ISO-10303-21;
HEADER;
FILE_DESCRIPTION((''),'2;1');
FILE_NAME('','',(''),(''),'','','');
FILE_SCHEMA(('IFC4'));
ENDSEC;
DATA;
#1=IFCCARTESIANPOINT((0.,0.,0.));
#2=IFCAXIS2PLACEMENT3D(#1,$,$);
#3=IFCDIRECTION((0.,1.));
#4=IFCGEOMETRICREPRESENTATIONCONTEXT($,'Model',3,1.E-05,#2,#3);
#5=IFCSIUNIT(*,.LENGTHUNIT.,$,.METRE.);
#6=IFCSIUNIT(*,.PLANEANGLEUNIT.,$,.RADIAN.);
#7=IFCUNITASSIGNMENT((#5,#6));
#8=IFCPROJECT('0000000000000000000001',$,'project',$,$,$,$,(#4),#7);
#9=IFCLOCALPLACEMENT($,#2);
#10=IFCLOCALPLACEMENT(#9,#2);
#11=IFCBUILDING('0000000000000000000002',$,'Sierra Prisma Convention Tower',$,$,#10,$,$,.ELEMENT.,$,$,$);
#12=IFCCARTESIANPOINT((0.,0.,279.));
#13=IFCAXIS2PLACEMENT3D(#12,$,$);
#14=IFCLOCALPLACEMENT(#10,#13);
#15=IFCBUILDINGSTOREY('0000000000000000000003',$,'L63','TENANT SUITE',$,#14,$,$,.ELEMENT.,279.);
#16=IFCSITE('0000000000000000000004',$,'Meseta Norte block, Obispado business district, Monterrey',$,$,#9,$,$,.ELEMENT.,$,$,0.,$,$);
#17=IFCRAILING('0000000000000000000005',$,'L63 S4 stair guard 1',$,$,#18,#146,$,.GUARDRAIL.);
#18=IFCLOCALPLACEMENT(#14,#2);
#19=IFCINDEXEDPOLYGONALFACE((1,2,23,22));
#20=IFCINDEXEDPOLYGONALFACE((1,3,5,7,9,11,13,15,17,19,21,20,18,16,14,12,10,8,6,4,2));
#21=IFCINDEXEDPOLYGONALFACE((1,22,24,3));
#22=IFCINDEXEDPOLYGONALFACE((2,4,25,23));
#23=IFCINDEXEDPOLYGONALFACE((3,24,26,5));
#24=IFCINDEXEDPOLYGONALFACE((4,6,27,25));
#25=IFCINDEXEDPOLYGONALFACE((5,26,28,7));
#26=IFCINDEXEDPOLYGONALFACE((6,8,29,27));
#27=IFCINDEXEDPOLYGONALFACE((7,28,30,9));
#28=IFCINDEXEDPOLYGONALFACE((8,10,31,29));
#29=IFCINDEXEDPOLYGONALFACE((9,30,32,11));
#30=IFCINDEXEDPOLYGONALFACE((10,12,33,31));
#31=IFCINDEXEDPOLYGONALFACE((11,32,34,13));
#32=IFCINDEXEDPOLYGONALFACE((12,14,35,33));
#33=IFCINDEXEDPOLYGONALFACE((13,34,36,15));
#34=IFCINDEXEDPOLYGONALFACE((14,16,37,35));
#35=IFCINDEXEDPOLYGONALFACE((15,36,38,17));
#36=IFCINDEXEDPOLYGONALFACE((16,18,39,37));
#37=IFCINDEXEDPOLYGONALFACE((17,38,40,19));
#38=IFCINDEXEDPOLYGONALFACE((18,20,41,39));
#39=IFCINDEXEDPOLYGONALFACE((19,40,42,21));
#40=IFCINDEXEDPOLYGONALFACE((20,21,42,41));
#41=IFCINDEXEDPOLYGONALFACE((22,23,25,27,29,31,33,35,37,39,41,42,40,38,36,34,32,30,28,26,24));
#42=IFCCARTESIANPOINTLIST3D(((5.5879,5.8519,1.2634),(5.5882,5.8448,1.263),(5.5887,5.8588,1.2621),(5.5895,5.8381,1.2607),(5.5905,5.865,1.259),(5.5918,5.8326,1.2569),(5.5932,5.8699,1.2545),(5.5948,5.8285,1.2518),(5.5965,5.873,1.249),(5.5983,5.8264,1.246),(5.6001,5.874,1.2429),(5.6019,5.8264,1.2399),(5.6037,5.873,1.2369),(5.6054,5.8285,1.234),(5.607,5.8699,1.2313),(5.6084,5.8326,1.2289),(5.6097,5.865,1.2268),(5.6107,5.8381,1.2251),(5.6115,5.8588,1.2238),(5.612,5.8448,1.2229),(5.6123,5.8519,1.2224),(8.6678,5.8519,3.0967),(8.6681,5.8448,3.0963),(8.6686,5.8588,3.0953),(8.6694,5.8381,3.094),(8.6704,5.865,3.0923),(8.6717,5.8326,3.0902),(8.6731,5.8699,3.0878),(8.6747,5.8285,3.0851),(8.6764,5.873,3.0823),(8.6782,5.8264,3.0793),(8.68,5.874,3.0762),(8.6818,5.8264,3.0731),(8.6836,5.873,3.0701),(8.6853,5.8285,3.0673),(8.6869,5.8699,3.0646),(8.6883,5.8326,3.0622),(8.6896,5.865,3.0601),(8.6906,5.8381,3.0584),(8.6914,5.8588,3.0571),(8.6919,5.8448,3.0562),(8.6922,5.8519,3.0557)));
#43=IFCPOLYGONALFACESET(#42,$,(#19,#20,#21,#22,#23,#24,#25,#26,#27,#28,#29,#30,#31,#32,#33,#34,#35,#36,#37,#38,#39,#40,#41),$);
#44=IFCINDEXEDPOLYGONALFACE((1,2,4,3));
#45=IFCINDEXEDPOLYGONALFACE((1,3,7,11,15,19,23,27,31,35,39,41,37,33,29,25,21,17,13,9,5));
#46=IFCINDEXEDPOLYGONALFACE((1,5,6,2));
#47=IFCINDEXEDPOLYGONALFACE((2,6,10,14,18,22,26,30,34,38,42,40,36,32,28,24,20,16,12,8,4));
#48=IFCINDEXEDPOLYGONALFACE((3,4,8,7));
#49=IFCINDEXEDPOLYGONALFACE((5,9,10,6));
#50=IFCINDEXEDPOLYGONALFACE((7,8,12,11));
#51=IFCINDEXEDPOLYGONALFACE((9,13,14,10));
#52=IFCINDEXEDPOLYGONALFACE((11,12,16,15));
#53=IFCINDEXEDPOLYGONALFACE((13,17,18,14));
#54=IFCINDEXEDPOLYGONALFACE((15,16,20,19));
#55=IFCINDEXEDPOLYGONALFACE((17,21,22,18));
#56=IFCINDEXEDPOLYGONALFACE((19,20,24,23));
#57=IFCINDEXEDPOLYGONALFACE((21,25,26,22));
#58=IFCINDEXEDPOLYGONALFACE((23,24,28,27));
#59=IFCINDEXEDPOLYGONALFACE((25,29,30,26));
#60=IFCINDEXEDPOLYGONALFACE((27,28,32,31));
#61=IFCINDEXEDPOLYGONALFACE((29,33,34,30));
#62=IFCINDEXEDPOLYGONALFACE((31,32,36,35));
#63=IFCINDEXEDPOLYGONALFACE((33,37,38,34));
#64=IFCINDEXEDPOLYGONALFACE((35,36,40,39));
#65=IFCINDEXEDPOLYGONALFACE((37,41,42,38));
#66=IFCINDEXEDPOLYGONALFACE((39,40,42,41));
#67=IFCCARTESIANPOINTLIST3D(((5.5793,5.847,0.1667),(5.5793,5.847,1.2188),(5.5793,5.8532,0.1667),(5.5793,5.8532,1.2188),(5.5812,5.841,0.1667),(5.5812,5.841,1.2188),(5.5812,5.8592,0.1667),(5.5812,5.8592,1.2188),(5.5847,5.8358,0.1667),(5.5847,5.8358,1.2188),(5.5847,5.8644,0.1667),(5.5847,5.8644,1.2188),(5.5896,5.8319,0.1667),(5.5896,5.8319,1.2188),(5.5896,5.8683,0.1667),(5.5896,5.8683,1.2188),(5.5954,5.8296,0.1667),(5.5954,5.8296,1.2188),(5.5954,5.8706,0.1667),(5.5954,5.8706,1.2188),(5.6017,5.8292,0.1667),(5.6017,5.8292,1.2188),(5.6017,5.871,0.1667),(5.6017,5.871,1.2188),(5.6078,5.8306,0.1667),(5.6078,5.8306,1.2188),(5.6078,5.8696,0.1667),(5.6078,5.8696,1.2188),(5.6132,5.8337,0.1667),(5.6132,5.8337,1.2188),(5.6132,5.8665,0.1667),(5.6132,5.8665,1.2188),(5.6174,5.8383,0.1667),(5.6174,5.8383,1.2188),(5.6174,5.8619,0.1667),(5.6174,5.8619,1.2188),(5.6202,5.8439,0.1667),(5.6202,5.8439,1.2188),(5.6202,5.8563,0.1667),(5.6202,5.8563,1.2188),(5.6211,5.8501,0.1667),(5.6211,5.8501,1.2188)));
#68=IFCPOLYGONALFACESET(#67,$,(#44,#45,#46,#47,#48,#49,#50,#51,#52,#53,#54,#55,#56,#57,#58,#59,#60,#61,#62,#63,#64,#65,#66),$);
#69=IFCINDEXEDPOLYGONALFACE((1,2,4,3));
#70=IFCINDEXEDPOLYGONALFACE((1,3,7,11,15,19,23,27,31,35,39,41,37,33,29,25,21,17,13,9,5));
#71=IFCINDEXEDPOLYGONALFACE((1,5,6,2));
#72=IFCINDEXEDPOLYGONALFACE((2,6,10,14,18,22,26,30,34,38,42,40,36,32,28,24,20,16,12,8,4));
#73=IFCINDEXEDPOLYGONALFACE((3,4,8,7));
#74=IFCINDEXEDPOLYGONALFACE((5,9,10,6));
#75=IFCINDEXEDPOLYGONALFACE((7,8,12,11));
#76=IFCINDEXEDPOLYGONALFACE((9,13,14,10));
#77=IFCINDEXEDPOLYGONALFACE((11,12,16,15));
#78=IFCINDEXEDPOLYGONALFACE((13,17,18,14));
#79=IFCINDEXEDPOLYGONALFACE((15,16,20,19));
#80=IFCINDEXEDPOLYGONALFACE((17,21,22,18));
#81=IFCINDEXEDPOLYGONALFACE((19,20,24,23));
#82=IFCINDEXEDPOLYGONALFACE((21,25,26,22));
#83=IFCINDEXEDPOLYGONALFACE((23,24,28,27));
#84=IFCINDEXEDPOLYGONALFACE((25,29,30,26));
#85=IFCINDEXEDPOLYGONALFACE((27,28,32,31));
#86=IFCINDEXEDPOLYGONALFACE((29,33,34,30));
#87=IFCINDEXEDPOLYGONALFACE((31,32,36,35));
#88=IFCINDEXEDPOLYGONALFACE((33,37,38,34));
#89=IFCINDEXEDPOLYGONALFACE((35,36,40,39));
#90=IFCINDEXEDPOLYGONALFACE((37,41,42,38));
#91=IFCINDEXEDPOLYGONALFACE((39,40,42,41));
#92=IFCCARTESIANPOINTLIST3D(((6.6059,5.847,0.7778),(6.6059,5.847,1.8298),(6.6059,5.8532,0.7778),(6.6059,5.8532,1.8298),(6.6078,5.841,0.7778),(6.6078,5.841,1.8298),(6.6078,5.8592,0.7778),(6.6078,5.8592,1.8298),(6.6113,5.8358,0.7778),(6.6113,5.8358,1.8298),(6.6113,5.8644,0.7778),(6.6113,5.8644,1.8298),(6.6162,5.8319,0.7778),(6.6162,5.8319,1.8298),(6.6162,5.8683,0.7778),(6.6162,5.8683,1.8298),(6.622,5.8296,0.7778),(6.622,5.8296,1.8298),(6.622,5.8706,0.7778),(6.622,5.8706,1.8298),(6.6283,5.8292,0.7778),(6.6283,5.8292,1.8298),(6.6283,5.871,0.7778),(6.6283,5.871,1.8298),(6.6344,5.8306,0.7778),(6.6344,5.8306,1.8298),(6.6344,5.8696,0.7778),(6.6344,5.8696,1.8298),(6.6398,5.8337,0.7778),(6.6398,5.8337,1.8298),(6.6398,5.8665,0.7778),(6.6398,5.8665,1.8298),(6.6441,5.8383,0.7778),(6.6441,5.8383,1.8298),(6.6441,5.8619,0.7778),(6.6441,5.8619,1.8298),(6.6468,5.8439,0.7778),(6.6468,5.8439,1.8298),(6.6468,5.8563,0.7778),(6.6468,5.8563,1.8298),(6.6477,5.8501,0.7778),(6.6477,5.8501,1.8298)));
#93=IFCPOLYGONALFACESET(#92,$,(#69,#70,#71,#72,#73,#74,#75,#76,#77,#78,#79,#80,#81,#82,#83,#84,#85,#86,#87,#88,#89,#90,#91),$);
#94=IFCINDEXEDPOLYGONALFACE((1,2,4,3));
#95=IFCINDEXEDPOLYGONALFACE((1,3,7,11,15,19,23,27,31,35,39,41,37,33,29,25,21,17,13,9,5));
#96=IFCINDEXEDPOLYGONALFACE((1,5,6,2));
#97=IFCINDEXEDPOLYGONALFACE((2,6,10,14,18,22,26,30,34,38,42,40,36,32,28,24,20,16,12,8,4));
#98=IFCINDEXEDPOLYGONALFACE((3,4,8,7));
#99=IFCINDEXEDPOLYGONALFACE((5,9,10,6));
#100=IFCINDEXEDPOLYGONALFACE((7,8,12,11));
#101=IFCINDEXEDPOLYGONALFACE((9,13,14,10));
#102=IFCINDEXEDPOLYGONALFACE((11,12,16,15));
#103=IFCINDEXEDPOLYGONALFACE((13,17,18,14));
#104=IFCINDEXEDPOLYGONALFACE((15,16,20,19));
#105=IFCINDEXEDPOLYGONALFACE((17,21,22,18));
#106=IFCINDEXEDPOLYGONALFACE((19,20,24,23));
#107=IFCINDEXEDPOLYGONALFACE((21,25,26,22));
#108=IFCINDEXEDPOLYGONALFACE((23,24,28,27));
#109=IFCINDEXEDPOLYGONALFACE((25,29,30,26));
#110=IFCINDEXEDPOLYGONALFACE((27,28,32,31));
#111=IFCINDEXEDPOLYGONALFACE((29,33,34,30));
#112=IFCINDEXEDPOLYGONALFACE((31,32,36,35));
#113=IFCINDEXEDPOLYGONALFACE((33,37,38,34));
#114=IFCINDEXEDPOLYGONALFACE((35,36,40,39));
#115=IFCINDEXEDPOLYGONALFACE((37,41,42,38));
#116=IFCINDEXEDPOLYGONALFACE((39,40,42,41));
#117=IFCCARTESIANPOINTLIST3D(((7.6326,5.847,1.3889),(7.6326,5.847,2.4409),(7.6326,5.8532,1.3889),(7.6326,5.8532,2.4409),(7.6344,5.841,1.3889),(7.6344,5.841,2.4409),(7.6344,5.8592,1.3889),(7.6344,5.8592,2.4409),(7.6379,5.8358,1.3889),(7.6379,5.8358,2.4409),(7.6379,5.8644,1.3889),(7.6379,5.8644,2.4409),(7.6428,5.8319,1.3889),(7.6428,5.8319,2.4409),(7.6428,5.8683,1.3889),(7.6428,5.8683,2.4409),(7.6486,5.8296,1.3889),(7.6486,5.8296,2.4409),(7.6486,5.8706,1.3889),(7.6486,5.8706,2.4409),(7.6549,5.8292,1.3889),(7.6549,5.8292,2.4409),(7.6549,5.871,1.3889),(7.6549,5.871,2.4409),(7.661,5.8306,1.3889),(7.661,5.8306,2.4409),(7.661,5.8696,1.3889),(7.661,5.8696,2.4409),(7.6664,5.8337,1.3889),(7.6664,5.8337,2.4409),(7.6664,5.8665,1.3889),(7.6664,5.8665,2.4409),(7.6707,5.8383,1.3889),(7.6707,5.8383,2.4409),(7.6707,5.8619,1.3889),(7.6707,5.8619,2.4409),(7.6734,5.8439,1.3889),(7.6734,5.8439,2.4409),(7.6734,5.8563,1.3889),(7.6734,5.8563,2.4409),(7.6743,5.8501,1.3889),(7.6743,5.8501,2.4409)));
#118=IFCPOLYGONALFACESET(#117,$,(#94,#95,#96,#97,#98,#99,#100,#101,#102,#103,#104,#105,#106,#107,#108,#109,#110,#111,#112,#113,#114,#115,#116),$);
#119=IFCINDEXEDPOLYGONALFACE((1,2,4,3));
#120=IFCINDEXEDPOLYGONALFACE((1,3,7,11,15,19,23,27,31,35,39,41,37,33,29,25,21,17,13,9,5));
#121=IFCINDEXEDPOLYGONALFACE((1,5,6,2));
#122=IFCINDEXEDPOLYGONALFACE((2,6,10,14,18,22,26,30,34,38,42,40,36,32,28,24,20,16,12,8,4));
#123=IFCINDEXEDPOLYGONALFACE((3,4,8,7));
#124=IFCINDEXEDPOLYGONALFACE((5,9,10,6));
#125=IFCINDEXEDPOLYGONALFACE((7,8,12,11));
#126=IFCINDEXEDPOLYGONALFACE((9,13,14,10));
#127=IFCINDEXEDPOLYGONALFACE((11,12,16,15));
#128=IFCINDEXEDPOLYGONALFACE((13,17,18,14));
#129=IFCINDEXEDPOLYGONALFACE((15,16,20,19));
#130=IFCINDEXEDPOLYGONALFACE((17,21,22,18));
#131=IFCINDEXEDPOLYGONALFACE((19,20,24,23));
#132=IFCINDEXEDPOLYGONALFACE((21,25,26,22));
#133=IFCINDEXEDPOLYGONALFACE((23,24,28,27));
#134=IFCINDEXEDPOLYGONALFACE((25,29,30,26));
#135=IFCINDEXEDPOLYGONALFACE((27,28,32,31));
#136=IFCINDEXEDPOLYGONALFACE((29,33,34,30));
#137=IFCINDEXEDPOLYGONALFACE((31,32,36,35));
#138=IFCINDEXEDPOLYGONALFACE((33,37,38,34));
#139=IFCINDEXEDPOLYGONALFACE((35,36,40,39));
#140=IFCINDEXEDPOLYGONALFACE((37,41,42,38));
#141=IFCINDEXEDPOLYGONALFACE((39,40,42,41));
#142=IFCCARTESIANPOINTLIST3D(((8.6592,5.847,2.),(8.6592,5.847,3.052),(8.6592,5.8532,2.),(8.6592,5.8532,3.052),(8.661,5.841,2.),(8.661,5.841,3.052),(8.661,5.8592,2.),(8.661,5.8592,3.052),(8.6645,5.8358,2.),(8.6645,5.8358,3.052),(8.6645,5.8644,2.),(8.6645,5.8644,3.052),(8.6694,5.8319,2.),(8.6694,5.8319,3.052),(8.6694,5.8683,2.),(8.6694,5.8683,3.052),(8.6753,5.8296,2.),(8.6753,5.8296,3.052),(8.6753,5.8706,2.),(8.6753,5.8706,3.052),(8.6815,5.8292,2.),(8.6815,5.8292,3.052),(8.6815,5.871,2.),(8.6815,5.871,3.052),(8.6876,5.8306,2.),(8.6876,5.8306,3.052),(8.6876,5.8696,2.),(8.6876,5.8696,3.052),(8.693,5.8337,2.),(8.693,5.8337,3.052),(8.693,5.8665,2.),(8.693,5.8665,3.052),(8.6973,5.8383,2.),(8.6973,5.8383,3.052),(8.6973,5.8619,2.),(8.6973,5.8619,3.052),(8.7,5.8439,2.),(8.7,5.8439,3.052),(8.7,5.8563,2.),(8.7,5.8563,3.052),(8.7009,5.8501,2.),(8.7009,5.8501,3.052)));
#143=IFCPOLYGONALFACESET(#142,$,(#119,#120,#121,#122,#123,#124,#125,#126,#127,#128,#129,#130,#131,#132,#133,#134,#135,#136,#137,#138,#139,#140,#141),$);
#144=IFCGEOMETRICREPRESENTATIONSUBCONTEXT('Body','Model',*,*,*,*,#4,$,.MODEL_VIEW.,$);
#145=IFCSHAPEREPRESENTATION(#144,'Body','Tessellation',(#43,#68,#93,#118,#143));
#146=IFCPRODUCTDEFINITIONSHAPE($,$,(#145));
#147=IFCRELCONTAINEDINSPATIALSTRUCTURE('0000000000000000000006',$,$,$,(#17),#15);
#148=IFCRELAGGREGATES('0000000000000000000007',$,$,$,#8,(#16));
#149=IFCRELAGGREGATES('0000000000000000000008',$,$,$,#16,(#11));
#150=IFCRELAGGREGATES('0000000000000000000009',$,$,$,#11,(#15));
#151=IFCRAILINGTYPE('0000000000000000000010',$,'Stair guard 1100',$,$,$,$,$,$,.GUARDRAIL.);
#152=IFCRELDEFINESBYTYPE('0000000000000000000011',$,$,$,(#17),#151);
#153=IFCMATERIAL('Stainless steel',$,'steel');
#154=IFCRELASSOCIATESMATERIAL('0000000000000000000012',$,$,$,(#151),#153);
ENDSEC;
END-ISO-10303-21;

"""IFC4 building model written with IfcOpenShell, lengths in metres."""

from ifc_helpers import new_model, si_unit, direction, frame, origin, origin_2d, place, context, subcontext, project, spatial, circle, extrude, material, type_object, element, save


model = new_model("IFC4")

# Units and contexts
model_context = context("Model", 3, precision=1e-05, world=origin(), true_north=direction((0.0, 1.0)))
body_context = subcontext(model_context, "Body", "Model", "MODEL_VIEW")
ifc_project = project(units=[si_unit("LENGTHUNIT", "METRE"), si_unit("PLANEANGLEUNIT", "RADIAN")], contexts=[model_context])

# Site, building, storey
site_placement = place(None, origin())
site = spatial("IfcSite", under=ifc_project, at=site_placement, Name="Meseta Norte block, Obispado business district, Monterrey", CompositionType="ELEMENT", RefElevation=0.0)
building_placement = place(site_placement, origin())
building = spatial("IfcBuilding", under=site, at=building_placement, Name="Sierra Prisma Convention Tower", CompositionType="ELEMENT")
storey_placement = place(building_placement, frame((0.0, 0.0, 279.0)))
storey = spatial("IfcBuildingStorey", under=building, at=storey_placement, Name="L63", Description="TENANT SUITE", CompositionType="ELEMENT", Elevation=279.0)

# Railing
ifc_material_1 = material(Name="Stainless steel", Category="steel")
railing_type_1 = type_object("IfcRailingType", Name="Stair guard 1100", PredefinedType="GUARDRAIL", material=ifc_material_1)
railing_1_placement = place(storey_placement, frame((5.6001, 5.8501, 0.1667)))
element("IfcRailing", 1, at=railing_1_placement, inside=storey, type_object=railing_type_1, Name="L63 S4 stair guard 1", PredefinedType="GUARDRAIL", context=body_context, shape_type="SweptSolid", body=[
    extrude(circle(Radius=0.0239, at=origin_2d()), frame((0.0, 0.0, 1.0762), z_axis=(0.859291, 0.0, 0.511487), x_axis=(0.0, 1.0, 0.0)), (0.0, 0.0, 1.0), 3.5842),
    extrude(circle(Radius=0.021, at=origin_2d()), origin(), (0.0, 0.0, 1.0), 1.052),
    extrude(circle(Radius=0.021, at=origin_2d()), frame((1.0266, 0.0, 0.6111)), (0.0, 0.0, 1.0), 1.052),
    extrude(circle(Radius=0.021, at=origin_2d()), frame((2.0532, 0.0, 1.2222)), (0.0, 0.0, 1.0), 1.052),
    extrude(circle(Radius=0.021, at=origin_2d()), frame((3.0798, 0.0, 1.8333)), (0.0, 0.0, 1.0), 1.052),
])

save(model, "model.ifc")
